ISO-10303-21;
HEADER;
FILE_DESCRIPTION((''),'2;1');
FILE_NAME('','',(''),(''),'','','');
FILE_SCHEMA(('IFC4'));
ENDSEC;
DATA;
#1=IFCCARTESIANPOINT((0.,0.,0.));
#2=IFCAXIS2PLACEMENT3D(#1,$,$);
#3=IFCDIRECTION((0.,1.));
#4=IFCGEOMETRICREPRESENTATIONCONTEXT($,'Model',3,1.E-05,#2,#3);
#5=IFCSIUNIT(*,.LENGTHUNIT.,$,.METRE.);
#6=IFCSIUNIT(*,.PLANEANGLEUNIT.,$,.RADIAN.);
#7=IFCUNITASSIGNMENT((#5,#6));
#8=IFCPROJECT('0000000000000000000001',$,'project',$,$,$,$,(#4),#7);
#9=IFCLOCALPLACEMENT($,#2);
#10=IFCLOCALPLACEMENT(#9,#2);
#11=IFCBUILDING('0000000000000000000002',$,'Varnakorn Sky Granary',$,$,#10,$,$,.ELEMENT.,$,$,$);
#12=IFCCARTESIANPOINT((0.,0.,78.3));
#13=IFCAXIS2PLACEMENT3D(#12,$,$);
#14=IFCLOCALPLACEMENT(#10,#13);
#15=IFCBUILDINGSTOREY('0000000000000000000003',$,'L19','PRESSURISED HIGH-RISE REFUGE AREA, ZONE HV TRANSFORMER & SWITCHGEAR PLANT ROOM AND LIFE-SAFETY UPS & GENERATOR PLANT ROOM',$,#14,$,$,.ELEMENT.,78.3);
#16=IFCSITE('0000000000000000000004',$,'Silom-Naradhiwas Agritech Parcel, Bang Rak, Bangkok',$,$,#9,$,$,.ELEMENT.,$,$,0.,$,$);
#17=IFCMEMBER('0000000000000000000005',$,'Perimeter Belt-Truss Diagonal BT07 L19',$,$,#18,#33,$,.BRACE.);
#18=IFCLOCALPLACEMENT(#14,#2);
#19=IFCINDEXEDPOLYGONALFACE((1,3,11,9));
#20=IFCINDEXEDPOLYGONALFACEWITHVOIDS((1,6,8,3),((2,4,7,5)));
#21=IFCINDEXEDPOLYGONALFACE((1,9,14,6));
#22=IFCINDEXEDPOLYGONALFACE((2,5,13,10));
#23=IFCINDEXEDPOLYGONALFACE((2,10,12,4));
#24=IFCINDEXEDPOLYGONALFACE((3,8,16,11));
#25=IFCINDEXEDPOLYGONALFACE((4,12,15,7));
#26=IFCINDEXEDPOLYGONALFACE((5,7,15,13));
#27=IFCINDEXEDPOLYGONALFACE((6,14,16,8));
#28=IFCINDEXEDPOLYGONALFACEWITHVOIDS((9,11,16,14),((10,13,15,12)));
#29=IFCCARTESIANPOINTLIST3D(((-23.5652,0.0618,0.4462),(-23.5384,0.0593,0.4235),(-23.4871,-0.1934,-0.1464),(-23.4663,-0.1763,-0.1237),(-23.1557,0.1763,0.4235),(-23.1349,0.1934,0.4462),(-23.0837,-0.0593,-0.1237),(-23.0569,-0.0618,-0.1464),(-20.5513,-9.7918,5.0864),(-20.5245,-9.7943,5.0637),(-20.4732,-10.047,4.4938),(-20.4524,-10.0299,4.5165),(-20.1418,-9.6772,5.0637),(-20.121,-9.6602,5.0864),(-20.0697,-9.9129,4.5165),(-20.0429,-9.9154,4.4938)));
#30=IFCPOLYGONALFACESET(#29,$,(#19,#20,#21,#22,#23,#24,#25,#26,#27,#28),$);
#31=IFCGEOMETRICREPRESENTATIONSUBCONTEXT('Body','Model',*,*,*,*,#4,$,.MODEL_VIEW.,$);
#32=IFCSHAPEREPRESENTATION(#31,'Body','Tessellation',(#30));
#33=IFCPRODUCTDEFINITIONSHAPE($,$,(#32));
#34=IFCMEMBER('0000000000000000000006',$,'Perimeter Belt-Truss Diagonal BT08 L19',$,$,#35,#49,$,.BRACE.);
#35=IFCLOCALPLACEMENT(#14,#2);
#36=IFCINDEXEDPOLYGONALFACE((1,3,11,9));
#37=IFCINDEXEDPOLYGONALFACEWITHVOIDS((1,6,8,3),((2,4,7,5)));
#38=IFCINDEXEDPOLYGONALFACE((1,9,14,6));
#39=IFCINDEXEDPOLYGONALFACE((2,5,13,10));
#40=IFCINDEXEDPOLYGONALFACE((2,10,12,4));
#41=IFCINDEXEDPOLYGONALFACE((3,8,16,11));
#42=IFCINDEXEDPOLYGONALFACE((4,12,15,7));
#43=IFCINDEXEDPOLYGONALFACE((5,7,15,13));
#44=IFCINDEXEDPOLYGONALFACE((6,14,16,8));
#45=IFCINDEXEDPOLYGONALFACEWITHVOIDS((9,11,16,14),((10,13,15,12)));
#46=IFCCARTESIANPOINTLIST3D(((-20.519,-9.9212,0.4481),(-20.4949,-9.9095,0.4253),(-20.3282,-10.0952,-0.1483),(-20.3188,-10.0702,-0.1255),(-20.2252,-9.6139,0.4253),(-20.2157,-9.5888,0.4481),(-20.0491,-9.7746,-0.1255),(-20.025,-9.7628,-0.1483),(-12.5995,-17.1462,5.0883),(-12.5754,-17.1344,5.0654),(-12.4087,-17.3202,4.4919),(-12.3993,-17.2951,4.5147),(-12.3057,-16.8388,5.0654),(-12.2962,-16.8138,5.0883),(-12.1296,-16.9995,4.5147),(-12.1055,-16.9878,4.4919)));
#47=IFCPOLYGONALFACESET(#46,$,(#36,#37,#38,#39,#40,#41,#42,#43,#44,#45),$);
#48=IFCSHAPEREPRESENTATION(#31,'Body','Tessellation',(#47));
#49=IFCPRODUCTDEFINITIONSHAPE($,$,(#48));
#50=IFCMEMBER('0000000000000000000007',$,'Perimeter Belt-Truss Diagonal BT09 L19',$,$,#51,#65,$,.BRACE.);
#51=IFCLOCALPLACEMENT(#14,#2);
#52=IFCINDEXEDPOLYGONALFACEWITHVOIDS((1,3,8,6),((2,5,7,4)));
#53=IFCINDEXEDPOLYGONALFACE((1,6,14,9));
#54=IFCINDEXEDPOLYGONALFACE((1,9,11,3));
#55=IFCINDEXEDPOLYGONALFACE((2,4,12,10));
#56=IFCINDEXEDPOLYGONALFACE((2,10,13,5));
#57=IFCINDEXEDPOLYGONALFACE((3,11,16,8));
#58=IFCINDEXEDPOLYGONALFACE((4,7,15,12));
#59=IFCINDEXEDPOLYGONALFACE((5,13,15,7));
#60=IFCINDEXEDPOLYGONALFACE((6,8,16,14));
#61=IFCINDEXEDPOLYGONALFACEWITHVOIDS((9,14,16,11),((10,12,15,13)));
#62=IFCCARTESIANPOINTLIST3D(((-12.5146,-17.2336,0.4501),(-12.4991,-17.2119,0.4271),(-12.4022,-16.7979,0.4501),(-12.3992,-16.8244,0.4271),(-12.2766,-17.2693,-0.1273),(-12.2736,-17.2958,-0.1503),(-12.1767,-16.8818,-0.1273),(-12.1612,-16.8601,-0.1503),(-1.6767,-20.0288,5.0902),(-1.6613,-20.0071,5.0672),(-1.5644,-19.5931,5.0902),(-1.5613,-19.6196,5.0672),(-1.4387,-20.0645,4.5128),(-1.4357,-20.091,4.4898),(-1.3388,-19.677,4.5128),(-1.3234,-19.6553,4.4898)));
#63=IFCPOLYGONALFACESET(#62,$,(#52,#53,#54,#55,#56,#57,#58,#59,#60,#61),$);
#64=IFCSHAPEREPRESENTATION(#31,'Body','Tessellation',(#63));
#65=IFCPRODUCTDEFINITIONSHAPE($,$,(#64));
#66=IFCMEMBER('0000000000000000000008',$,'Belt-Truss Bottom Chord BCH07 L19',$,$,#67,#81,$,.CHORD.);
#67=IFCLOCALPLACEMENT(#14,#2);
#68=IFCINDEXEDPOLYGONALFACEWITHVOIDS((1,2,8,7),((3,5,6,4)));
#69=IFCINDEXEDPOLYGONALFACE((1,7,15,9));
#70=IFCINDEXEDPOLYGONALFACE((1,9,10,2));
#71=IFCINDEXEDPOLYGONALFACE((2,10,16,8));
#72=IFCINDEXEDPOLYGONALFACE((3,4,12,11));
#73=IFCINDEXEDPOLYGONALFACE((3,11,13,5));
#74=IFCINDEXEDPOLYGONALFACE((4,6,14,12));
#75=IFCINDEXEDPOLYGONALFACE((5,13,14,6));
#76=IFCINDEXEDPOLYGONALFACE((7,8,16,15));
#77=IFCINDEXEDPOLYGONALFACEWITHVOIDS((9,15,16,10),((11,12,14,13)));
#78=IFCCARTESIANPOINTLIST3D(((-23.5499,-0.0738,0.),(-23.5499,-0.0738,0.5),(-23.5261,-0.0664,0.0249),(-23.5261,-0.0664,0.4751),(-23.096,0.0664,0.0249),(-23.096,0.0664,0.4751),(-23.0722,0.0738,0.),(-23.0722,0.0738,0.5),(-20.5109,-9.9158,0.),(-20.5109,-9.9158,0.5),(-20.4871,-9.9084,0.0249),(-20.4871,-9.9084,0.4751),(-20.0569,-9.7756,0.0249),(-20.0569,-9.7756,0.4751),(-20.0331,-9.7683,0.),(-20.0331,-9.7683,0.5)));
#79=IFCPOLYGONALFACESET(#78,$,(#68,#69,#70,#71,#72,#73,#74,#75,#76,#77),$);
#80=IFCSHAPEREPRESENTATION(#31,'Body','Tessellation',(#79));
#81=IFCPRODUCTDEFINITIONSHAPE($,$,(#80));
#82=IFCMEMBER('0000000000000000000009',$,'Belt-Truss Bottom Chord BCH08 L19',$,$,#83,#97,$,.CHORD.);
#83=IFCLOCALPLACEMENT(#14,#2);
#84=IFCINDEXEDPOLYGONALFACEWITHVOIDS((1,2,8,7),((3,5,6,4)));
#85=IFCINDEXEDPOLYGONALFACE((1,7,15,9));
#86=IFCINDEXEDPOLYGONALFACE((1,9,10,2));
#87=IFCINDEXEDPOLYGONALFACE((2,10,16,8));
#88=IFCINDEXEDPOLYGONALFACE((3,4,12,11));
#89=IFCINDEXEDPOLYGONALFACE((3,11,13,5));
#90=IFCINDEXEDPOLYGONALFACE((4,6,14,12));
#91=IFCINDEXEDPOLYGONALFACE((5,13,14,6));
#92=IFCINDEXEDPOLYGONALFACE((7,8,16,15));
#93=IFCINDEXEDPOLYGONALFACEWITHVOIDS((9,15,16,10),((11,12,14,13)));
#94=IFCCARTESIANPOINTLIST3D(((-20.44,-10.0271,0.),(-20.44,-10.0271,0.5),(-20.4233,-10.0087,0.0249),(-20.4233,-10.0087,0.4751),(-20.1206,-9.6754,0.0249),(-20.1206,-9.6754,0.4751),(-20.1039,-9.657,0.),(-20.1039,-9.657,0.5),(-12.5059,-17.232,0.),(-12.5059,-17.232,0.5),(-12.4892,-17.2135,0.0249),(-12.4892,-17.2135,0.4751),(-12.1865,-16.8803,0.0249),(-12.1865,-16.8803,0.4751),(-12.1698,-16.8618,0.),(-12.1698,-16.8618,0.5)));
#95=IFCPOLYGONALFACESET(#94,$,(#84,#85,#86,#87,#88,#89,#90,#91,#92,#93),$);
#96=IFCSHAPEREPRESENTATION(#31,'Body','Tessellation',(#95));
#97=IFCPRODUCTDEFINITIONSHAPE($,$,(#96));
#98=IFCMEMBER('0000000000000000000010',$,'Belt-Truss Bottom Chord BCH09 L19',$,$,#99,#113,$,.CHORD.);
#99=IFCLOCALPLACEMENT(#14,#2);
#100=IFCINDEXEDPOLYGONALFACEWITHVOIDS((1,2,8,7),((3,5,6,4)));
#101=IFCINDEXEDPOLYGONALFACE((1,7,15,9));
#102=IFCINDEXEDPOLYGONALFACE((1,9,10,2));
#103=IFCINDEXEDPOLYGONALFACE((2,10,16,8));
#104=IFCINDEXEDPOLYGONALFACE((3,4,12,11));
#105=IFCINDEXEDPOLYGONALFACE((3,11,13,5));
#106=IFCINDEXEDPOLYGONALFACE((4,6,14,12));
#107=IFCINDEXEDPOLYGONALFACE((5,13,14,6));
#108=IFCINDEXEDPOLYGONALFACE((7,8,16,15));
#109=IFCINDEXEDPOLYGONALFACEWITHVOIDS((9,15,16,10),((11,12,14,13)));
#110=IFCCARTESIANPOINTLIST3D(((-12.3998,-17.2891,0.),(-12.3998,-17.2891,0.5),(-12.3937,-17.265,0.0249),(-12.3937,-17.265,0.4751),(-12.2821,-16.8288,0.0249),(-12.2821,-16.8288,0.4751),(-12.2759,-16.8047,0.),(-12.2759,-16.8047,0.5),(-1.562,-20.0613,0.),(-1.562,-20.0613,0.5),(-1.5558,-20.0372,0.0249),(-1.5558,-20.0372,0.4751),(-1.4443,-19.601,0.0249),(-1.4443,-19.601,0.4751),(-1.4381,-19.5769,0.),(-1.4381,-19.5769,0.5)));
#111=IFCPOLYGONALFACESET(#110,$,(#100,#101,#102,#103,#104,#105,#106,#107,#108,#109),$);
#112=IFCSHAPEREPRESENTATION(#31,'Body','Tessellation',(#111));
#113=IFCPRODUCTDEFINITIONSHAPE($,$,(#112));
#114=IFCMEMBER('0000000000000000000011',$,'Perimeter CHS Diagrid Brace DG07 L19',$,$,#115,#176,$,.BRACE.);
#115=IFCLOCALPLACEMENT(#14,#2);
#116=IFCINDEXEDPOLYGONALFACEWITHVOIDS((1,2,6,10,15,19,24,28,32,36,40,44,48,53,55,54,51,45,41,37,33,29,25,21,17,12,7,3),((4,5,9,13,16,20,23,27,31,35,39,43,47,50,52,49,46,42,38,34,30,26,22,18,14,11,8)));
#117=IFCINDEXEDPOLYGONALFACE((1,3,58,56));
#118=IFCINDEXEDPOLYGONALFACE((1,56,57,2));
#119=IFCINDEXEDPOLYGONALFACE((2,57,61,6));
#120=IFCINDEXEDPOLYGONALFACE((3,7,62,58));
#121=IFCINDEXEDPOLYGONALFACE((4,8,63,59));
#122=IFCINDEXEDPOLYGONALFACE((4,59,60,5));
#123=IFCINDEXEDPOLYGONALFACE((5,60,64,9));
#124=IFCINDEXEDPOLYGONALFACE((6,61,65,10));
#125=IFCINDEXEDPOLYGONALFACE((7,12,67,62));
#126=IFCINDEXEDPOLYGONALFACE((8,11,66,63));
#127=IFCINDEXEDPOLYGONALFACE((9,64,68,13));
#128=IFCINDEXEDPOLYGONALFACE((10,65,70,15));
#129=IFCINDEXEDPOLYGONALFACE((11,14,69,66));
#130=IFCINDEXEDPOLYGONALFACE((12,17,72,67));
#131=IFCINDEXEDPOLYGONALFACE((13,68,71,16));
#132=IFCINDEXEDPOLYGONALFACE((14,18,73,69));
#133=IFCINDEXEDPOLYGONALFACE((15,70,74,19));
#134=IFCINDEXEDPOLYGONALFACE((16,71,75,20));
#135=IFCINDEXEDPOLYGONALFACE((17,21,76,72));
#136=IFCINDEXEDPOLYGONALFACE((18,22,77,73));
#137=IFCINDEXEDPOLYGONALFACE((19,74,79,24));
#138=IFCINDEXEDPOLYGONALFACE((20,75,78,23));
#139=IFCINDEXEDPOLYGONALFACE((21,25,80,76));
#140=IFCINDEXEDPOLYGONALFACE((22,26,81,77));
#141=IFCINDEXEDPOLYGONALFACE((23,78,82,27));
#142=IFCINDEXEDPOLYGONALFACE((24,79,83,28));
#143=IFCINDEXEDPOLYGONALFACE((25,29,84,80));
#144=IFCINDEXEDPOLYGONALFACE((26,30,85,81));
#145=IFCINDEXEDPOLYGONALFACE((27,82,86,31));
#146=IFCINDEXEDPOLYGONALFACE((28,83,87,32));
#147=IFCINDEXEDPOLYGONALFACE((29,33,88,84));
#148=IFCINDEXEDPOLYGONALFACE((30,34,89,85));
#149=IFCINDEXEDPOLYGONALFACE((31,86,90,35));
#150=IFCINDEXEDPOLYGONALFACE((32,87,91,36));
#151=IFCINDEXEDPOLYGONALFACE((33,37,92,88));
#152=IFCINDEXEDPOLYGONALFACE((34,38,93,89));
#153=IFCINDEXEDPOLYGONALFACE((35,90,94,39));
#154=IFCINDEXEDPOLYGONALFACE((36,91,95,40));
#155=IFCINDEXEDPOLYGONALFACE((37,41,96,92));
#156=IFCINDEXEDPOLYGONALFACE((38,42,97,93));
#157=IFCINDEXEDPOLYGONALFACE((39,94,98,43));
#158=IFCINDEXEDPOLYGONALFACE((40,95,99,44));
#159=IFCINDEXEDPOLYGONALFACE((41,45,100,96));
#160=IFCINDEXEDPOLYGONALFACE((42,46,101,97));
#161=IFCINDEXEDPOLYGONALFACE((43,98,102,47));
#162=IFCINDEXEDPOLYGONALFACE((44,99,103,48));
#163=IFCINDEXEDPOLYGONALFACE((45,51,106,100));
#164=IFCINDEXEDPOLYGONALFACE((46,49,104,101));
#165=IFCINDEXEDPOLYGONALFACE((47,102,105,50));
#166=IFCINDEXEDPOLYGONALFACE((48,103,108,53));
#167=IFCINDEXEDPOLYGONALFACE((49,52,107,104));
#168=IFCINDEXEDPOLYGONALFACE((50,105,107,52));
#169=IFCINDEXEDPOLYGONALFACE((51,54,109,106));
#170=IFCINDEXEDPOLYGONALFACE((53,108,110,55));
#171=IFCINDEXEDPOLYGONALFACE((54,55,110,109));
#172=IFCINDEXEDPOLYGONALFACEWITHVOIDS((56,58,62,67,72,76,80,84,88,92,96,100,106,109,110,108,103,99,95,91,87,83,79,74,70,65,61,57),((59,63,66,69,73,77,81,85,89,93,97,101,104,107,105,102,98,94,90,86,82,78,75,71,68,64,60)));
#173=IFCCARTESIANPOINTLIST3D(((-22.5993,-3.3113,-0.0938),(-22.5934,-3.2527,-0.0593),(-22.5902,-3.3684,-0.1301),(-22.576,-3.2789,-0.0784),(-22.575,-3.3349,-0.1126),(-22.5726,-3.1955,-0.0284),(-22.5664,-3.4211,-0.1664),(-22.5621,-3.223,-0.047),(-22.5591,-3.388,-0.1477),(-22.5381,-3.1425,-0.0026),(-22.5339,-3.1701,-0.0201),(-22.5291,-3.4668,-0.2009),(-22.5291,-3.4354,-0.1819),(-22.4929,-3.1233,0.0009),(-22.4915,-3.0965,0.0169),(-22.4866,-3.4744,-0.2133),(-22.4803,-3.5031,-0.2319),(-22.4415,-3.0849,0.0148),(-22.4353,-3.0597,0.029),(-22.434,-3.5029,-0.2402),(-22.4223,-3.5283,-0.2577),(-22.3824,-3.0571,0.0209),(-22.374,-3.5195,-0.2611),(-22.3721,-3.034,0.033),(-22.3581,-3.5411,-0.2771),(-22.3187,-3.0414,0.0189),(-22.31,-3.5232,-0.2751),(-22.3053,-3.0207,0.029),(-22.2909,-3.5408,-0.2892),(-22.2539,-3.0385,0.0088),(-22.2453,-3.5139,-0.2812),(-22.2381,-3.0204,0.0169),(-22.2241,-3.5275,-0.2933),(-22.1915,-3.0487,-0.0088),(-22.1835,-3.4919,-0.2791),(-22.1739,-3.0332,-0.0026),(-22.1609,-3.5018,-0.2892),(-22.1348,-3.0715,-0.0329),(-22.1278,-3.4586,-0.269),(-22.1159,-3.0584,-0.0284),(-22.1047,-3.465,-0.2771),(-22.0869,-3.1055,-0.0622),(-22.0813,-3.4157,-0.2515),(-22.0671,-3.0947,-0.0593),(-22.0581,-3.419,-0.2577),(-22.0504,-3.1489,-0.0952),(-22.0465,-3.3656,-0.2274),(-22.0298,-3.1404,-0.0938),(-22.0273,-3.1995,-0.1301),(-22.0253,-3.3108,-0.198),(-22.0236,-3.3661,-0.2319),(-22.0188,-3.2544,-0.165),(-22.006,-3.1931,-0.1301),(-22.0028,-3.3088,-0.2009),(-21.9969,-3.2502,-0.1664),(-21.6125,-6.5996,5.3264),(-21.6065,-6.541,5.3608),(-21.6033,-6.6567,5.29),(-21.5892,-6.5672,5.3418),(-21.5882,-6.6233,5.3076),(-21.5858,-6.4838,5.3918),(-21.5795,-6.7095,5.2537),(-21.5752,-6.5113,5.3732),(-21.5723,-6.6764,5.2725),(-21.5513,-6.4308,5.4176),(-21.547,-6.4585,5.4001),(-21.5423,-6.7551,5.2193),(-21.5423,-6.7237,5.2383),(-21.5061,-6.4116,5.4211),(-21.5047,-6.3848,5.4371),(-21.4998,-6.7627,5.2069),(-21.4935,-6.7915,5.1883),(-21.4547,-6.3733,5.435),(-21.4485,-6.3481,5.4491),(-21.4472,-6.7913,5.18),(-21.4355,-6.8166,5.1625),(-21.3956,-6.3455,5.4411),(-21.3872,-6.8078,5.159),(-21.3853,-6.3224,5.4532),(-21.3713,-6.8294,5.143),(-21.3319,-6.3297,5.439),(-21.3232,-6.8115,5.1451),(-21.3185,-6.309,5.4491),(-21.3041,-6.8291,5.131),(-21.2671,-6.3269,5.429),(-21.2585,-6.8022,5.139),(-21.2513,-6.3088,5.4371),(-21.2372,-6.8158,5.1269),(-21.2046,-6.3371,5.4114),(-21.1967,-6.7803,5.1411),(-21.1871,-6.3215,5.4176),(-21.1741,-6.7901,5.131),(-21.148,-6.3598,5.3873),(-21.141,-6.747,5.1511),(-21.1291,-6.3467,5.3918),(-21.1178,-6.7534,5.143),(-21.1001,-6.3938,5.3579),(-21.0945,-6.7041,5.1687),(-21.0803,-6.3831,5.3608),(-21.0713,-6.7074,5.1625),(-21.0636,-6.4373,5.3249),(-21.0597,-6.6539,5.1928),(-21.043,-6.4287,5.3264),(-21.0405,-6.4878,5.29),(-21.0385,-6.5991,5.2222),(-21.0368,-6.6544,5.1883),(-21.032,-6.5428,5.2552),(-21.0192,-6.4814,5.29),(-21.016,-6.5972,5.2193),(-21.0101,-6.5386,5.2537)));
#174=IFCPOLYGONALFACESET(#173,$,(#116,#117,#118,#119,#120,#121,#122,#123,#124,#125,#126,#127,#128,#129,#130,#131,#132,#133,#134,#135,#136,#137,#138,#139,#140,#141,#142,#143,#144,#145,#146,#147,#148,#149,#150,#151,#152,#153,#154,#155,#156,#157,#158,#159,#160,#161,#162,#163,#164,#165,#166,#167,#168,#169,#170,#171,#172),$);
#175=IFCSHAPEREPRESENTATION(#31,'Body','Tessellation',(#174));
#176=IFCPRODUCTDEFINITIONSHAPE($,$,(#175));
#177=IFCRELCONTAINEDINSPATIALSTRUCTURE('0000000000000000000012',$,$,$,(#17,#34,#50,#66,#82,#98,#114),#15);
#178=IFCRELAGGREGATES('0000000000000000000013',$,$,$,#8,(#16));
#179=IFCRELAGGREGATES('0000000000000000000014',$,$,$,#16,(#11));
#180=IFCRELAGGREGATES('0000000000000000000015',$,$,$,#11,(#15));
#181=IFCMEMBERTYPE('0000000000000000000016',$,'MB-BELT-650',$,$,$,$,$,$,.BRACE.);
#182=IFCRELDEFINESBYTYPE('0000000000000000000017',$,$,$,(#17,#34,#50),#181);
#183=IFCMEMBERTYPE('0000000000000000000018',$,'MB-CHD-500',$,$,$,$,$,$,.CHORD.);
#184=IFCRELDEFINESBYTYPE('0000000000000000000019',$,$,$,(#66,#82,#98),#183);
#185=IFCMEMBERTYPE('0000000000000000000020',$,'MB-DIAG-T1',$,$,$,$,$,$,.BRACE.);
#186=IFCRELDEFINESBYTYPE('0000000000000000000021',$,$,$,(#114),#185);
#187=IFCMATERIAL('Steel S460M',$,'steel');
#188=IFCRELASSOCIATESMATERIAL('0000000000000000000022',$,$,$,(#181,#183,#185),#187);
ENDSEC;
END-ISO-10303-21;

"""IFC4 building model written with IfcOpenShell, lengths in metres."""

from ifc_helpers import new_model, si_unit, direction, frame, origin, origin_2d, place, context, subcontext, project, spatial, hollow_rectangle, hollow_circle, extrude, material, material_profile, profile_set, type_object, element, save


model = new_model("IFC4")

# Units and contexts
model_context = context("Model", 3, precision=1e-05, world=origin(), true_north=direction((0.0, 1.0)))
body_context = subcontext(model_context, "Body", "Model", "MODEL_VIEW")
ifc_project = project(units=[si_unit("LENGTHUNIT", "METRE"), si_unit("PLANEANGLEUNIT", "RADIAN")], contexts=[model_context])

# Site, building, storey
site_placement = place(None, origin())
site = spatial("IfcSite", under=ifc_project, at=site_placement, Name="Silom-Naradhiwas Agritech Parcel, Bang Rak, Bangkok", CompositionType="ELEMENT", RefElevation=0.0)
building_placement = place(site_placement, origin())
building = spatial("IfcBuilding", under=site, at=building_placement, Name="Varnakorn Sky Granary", CompositionType="ELEMENT")
storey_placement = place(building_placement, frame((0.0, 0.0, 78.3)))
storey = spatial("IfcBuildingStorey", under=building, at=storey_placement, Name="L19", Description="PRESSURISED HIGH-RISE REFUGE AREA, ZONE HV TRANSFORMER & SWITCHGEAR PLANT ROOM AND LIFE-SAFETY UPS & GENERATOR PLANT ROOM", CompositionType="ELEMENT", Elevation=78.3)

# Shared definitions
ifc_material_1 = material(Name="Steel S460M", Category="steel")

# Members
ifc_material_profile_1 = material_profile(ifc_material_1, hollow_rectangle(XDim=0.45, YDim=0.6499, WallThickness=0.0249, at=origin_2d()), Name="RHS 450x650x25")
ifc_profile_set_1 = profile_set([ifc_material_profile_1], Name="Steel S460M")
member_type_1 = type_object("IfcMemberType", Name="MB-BELT-650", PredefinedType="BRACE", material=ifc_profile_set_1)
member_1_placement = place(storey_placement, frame((-23.311, 0.0, 0.1499), z_axis=(0.266701, -0.871937, 0.410605), x_axis=(0.956267, 0.292495, 0.0)))
element("IfcMember", 1, at=member_1_placement, inside=storey, type_object=member_type_1, Name="Perimeter Belt-Truss Diagonal BT07 L19", PredefinedType="BRACE", context=body_context, shape_type="SweptSolid", body=[
    extrude(hollow_rectangle(XDim=0.45, YDim=0.6499, WallThickness=0.0249, at=origin_2d()), origin(), (0.0, 0.0, 1.0), 11.3008),
])
member_2_placement = place(storey_placement, frame((-20.272, -9.842, 0.1499), z_axis=(0.677973, -0.618511, 0.397236), x_axis=(0.673967, 0.738761, 0.0)))
element("IfcMember", 2, at=member_2_placement, inside=storey, type_object=member_type_1, Name="Perimeter Belt-Truss Diagonal BT08 L19", PredefinedType="BRACE", context=body_context, shape_type="SweptSolid", body=[
    extrude(hollow_rectangle(XDim=0.45, YDim=0.6499, WallThickness=0.0249, at=origin_2d()), origin(), (0.0, 0.0, 1.0), 11.6812),
])
member_3_placement = place(storey_placement, frame((-12.3379, -17.0469, 0.1499), z_axis=(0.894492, -0.230695, 0.382968), x_axis=(0.249735, 0.968314, 0.0)))
element("IfcMember", 3, at=member_3_placement, inside=storey, type_object=member_type_1, Name="Perimeter Belt-Truss Diagonal BT09 L19", PredefinedType="BRACE", context=body_context, shape_type="SweptSolid", body=[
    extrude(hollow_rectangle(XDim=0.45, YDim=0.6499, WallThickness=0.0249, at=origin_2d()), origin(), (0.0, 0.0, 1.0), 12.1162),
])
ifc_material_profile_2 = material_profile(ifc_material_1, hollow_rectangle(XDim=0.5, YDim=0.5, WallThickness=0.0249, at=origin_2d()), Name="SHS 500x500x25")
ifc_profile_set_2 = profile_set([ifc_material_profile_2], Name="Steel S460M")
member_type_2 = type_object("IfcMemberType", Name="MB-CHD-500", PredefinedType="CHORD", material=ifc_profile_set_2)
member_4_placement = place(storey_placement, frame((-23.311, 0.0, 0.25), z_axis=(0.295038, -0.955485, 0.0), x_axis=(0.955485, 0.295038, 0.0)))
element("IfcMember", 4, at=member_4_placement, inside=storey, type_object=member_type_2, Name="Belt-Truss Bottom Chord BCH07 L19", PredefinedType="CHORD", context=body_context, shape_type="SweptSolid", body=[
    extrude(hollow_rectangle(XDim=0.5, YDim=0.5, WallThickness=0.0249, at=origin_2d()), origin(), (0.0, 0.0, 1.0), 10.3005),
])
member_5_placement = place(storey_placement, frame((-20.272, -9.842, 0.25), z_axis=(0.74031, -0.672266, 0.0), x_axis=(0.672266, 0.74031, 0.0)))
element("IfcMember", 5, at=member_5_placement, inside=storey, type_object=member_type_2, Name="Belt-Truss Bottom Chord BCH08 L19", PredefinedType="CHORD", context=body_context, shape_type="SweptSolid", body=[
    extrude(hollow_rectangle(XDim=0.5, YDim=0.5, WallThickness=0.0249, at=origin_2d()), origin(), (0.0, 0.0, 1.0), 10.7173),
])
member_6_placement = place(storey_placement, frame((-12.3379, -17.0469, 0.25), z_axis=(0.968808, -0.247811, 0.0), x_axis=(0.247811, 0.968808, 0.0)))
element("IfcMember", 6, at=member_6_placement, inside=storey, type_object=member_type_2, Name="Belt-Truss Bottom Chord BCH09 L19", PredefinedType="CHORD", context=body_context, shape_type="SweptSolid", body=[
    extrude(hollow_rectangle(XDim=0.5, YDim=0.5, WallThickness=0.0249, at=origin_2d()), origin(), (0.0, 0.0, 1.0), 11.1868),
])
ifc_material_profile_3 = material_profile(ifc_material_1, hollow_circle(Radius=0.3049, WallThickness=0.0222, at=origin_2d()), Name="CHS 610x22")
ifc_profile_set_3 = profile_set([ifc_material_profile_3], Name="Steel S460M")
member_type_3 = type_object("IfcMemberType", Name="MB-DIAG-T1", PredefinedType="BRACE", material=ifc_profile_set_3)
member_7_placement = place(storey_placement, frame((-22.2981, -3.2808, -0.1301), z_axis=(0.153805, -0.51252, 0.844788), x_axis=(0.957801, 0.287433, 0.0)))
element("IfcMember", 7, at=member_7_placement, inside=storey, type_object=member_type_3, Name="Perimeter CHS Diagrid Brace DG07 L19", PredefinedType="BRACE", context=body_context, shape_type="SweptSolid", body=[
    extrude(hollow_circle(Radius=0.3049, WallThickness=0.0222, at=origin_2d()), origin(), (0.0, 0.0, 1.0), 6.416),
])

save(model, "model.ifc")
